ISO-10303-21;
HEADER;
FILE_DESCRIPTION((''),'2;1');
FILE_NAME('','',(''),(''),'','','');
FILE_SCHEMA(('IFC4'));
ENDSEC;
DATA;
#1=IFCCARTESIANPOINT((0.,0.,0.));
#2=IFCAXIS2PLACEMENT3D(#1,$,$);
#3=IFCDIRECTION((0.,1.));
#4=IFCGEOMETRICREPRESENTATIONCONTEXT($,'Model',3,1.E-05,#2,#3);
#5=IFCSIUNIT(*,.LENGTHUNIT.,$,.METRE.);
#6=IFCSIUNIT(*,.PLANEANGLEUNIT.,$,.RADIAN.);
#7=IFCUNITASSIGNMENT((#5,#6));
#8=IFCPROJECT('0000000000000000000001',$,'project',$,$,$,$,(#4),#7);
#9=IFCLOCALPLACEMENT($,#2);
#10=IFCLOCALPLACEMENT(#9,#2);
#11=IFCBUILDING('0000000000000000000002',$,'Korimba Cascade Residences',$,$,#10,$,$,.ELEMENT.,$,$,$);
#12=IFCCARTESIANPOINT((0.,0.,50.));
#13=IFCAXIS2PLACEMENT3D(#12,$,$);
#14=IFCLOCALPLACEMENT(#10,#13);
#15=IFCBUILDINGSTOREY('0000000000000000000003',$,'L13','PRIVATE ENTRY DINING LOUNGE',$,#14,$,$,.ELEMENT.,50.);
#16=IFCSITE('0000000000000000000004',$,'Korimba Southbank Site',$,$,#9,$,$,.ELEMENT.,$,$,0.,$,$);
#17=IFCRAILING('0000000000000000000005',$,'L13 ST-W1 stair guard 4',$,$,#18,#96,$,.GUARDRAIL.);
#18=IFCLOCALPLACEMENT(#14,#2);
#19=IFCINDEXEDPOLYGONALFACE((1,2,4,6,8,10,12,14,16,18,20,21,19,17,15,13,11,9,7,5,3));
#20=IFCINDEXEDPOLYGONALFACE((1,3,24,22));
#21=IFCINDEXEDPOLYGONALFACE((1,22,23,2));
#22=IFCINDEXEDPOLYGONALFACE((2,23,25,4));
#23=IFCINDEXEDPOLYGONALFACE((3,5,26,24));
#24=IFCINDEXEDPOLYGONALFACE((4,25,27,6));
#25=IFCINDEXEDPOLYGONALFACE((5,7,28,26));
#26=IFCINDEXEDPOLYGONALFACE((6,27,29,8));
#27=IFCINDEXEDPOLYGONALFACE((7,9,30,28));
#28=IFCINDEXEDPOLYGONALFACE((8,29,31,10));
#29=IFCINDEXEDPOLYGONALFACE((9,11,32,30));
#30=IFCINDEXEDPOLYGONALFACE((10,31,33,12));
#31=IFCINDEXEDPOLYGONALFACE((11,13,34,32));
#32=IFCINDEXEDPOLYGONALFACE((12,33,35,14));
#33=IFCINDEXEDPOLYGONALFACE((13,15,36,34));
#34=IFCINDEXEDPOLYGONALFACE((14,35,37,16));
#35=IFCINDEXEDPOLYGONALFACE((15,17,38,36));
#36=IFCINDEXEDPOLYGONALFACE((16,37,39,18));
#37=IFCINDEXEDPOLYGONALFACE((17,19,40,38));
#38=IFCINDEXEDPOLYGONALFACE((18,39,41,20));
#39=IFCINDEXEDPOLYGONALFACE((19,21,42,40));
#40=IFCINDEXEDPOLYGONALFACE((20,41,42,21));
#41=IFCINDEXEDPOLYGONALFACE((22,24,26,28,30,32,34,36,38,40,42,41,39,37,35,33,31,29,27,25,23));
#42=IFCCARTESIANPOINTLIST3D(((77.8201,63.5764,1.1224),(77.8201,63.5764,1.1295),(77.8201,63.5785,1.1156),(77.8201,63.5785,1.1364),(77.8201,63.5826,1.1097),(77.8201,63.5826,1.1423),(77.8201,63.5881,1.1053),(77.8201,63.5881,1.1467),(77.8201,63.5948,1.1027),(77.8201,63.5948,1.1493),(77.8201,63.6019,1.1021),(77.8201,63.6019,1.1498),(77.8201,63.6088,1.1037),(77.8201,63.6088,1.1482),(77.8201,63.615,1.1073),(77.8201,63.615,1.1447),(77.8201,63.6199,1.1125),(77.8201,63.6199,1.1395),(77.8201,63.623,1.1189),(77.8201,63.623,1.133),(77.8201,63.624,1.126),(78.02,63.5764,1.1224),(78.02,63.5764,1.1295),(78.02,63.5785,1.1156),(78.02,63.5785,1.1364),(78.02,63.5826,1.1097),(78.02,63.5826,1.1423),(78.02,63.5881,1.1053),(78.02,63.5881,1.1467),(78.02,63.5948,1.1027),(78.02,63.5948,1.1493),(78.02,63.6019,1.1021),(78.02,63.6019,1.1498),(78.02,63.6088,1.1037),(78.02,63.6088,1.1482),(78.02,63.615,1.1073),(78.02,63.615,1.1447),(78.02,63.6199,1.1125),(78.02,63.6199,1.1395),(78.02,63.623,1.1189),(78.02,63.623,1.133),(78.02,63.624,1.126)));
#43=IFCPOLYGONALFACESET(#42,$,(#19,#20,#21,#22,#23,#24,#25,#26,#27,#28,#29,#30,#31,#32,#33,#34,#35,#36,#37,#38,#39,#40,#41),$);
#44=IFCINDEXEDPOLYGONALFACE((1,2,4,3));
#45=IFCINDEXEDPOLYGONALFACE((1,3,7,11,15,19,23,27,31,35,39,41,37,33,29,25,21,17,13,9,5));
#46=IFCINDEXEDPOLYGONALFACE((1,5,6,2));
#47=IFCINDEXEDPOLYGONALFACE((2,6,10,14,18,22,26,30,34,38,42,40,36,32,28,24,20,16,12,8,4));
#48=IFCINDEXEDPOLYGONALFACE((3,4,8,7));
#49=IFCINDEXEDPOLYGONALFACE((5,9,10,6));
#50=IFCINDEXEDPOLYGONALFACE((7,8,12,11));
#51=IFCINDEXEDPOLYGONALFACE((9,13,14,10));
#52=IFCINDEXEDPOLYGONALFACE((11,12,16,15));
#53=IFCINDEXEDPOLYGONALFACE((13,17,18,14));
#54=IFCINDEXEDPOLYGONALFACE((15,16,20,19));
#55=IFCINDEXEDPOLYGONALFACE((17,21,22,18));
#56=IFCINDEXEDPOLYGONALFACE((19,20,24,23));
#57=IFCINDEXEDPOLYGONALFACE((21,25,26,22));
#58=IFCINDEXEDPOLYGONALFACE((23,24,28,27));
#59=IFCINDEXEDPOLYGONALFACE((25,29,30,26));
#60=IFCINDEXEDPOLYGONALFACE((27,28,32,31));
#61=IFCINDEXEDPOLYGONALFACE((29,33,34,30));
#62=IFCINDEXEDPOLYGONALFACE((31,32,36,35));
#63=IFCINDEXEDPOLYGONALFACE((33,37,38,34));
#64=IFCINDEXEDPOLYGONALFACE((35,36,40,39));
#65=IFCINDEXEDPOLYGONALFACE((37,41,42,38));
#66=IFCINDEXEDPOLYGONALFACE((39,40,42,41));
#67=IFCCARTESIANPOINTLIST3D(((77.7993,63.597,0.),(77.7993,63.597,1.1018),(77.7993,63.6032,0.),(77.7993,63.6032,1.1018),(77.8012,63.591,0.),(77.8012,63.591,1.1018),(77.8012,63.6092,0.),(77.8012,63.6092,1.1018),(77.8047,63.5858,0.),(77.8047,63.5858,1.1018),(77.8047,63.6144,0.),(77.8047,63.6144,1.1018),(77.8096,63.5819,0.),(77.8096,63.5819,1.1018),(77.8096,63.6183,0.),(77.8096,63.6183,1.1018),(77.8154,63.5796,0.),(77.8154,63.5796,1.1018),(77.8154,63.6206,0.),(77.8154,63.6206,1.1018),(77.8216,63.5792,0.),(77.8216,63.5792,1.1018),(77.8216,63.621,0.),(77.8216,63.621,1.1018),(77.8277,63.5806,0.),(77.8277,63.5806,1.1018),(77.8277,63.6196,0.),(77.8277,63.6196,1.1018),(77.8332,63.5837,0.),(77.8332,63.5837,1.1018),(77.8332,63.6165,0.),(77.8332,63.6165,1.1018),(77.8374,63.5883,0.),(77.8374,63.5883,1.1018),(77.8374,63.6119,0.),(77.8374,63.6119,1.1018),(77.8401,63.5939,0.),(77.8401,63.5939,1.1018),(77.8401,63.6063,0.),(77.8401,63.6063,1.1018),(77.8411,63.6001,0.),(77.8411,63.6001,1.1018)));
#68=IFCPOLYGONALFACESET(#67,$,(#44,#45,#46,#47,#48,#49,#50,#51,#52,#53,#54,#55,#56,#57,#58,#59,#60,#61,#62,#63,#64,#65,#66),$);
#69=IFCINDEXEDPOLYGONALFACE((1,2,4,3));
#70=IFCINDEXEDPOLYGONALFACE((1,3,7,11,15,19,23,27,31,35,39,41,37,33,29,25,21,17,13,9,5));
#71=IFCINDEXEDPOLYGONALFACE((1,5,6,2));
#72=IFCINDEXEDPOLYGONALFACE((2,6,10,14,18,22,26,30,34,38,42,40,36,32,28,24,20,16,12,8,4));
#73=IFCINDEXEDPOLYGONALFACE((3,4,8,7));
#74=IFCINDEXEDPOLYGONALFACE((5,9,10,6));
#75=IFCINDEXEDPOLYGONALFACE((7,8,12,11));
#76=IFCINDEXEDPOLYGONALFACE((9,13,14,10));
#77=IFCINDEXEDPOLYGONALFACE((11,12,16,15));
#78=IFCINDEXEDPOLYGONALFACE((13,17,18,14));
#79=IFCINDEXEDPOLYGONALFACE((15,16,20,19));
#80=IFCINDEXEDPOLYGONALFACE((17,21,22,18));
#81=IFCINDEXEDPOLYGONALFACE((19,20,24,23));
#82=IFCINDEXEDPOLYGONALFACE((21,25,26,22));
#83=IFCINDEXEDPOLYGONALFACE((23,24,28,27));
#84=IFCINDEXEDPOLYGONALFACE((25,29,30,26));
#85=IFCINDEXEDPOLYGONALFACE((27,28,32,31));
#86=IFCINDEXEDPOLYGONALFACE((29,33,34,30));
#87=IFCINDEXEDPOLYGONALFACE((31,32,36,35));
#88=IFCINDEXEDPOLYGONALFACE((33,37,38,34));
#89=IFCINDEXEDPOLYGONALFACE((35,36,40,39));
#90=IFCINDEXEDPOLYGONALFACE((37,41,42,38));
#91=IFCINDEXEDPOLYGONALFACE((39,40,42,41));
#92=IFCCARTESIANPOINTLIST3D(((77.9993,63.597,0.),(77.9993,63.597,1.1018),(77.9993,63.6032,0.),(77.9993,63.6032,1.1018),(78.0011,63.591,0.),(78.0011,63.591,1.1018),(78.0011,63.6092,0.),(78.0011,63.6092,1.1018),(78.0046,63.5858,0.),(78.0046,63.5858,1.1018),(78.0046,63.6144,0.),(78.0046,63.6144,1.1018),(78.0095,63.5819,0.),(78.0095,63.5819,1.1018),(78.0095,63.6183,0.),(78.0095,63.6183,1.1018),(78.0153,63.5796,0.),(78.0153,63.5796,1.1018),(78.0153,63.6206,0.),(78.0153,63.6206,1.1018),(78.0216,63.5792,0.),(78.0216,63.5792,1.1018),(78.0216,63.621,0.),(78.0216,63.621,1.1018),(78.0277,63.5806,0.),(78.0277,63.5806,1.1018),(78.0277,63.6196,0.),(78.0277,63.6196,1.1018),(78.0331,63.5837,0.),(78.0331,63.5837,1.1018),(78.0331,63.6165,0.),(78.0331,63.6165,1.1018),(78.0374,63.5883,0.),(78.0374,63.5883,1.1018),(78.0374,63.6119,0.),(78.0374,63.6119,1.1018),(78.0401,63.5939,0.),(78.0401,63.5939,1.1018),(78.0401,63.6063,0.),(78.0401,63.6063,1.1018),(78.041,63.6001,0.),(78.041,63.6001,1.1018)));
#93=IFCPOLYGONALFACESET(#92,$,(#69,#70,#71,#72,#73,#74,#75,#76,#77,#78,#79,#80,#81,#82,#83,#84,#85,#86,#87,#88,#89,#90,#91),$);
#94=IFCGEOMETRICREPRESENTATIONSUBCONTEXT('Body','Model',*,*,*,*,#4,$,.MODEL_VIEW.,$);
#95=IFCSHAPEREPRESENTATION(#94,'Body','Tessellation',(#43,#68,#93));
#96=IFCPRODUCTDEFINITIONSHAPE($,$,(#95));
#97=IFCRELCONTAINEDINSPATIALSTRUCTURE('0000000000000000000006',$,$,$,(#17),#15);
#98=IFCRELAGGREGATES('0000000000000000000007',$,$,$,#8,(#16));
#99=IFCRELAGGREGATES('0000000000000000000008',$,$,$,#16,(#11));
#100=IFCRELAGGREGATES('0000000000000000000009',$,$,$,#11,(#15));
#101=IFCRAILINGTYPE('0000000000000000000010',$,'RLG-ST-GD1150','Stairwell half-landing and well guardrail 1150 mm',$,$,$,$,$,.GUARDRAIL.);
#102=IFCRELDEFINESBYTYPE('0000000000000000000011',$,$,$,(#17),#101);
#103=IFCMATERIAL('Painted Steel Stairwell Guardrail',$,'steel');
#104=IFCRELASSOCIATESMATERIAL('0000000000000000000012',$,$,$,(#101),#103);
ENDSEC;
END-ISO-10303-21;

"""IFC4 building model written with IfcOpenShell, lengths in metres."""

from ifc_helpers import new_model, si_unit, direction, frame, origin, origin_2d, place, context, subcontext, project, spatial, circle, extrude, material, type_object, element, save


model = new_model("IFC4")

# Units and contexts
model_context = context("Model", 3, precision=1e-05, world=origin(), true_north=direction((0.0, 1.0)))
body_context = subcontext(model_context, "Body", "Model", "MODEL_VIEW")
ifc_project = project(units=[si_unit("LENGTHUNIT", "METRE"), si_unit("PLANEANGLEUNIT", "RADIAN")], contexts=[model_context])

# Site, building, storey
site_placement = place(None, origin())
site = spatial("IfcSite", under=ifc_project, at=site_placement, Name="Korimba Southbank Site", CompositionType="ELEMENT", RefElevation=0.0)
building_placement = place(site_placement, origin())
building = spatial("IfcBuilding", under=site, at=building_placement, Name="Korimba Cascade Residences", CompositionType="ELEMENT")
storey_placement = place(building_placement, frame((0.0, 0.0, 50.0)))
storey = spatial("IfcBuildingStorey", under=building, at=storey_placement, Name="L13", Description="PRIVATE ENTRY DINING LOUNGE", CompositionType="ELEMENT", Elevation=50.0)

# Railing
ifc_material_1 = material(Name="Painted Steel Stairwell Guardrail", Category="steel")
railing_type_1 = type_object("IfcRailingType", Name="RLG-ST-GD1150", Description="Stairwell half-landing and well guardrail 1150 mm", PredefinedType="GUARDRAIL", material=ifc_material_1)
railing_1_placement = place(storey_placement, frame((77.8201, 63.6001, 0.0)))
element("IfcRailing", 1, at=railing_1_placement, inside=storey, type_object=railing_type_1, Name="L13 ST-W1 stair guard 4", PredefinedType="GUARDRAIL", context=body_context, shape_type="SweptSolid", body=[
    extrude(circle(Radius=0.0239, at=origin_2d()), frame((0.0, 0.0, 1.126), z_axis=(1.0, 0.0, 0.0), x_axis=(0.0, 1.0, 0.0)), (0.0, 0.0, 1.0), 0.2),
    extrude(circle(Radius=0.021, at=origin_2d()), origin(), (0.0, 0.0, 1.0), 1.1018),
    extrude(circle(Radius=0.021, at=origin_2d()), frame((0.2, 0.0, 0.0)), (0.0, 0.0, 1.0), 1.1018),
])

save(model, "model.ifc")
